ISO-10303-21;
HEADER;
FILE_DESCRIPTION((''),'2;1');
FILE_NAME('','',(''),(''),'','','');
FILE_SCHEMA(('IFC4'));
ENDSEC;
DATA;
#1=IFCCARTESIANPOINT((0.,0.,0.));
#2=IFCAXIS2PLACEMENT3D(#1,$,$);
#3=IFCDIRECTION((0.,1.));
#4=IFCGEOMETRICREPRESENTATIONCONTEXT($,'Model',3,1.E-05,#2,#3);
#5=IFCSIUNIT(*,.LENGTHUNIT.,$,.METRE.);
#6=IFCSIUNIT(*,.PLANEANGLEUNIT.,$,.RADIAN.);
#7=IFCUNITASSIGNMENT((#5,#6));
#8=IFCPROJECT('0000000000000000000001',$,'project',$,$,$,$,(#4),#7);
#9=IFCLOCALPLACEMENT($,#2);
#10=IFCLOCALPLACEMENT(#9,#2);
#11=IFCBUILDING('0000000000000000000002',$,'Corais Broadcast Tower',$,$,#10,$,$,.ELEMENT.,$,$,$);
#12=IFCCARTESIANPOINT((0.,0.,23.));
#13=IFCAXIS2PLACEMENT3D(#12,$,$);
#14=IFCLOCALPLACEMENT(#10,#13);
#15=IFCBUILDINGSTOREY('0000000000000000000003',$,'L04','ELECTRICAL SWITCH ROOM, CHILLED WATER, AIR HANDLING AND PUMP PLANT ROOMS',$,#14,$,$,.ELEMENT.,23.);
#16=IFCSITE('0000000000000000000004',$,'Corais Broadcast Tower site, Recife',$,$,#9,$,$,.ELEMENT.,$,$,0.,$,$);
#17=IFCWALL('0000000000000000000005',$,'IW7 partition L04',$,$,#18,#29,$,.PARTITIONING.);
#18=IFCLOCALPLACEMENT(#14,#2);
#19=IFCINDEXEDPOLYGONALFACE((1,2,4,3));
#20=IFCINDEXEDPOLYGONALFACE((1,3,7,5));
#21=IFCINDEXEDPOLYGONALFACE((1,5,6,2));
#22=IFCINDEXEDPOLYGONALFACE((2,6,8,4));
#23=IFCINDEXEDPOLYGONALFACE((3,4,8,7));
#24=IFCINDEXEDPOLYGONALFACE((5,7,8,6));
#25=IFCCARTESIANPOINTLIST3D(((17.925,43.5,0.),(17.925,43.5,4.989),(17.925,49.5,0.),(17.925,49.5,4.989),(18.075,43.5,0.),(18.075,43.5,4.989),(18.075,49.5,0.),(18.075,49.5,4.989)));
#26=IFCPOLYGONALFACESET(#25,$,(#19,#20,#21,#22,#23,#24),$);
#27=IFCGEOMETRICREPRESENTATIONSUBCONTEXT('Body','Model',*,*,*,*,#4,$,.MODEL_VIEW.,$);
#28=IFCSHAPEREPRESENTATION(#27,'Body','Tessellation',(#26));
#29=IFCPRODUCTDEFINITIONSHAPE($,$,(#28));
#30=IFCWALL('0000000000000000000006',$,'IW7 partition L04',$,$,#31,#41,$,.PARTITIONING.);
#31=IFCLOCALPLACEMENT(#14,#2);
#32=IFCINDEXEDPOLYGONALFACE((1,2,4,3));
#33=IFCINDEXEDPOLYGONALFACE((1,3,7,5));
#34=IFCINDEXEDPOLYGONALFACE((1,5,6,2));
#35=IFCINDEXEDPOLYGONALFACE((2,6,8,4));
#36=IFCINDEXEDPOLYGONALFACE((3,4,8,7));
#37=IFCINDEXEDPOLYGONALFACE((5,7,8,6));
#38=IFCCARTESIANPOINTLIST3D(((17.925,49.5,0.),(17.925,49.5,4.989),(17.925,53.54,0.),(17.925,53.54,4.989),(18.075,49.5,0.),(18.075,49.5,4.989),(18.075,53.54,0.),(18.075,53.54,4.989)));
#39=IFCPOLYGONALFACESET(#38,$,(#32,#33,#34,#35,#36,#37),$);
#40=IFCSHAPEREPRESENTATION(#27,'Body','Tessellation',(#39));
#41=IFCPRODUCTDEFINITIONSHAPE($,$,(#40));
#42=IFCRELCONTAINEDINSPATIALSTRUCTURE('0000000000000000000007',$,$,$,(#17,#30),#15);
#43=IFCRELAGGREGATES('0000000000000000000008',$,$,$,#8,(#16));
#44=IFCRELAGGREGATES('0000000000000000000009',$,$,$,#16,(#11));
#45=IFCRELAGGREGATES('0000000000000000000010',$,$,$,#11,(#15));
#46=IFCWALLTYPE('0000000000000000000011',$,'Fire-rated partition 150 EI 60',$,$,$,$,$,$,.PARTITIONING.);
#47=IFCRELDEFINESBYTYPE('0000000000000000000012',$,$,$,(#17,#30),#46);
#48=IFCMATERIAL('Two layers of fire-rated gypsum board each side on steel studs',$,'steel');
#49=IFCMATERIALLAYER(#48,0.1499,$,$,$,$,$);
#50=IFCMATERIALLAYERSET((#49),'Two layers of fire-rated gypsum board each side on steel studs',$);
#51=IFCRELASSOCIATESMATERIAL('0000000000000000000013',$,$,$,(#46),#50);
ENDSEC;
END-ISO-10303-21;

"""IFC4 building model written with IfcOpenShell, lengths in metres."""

from ifc_helpers import new_model, si_unit, direction, frame, frame_2d, origin, place, context, subcontext, project, spatial, rectangle, extrude, material, layer, layer_set, type_object, element, save


model = new_model("IFC4")

# Units and contexts
model_context = context("Model", 3, precision=1e-05, world=origin(), true_north=direction((0.0, 1.0)))
body_context = subcontext(model_context, "Body", "Model", "MODEL_VIEW")
ifc_project = project(units=[si_unit("LENGTHUNIT", "METRE"), si_unit("PLANEANGLEUNIT", "RADIAN")], contexts=[model_context])

# Site, building, storey
site_placement = place(None, origin())
site = spatial("IfcSite", under=ifc_project, at=site_placement, Name="Corais Broadcast Tower site, Recife", CompositionType="ELEMENT", RefElevation=0.0)
building_placement = place(site_placement, origin())
building = spatial("IfcBuilding", under=site, at=building_placement, Name="Corais Broadcast Tower", CompositionType="ELEMENT")
storey_placement = place(building_placement, frame((0.0, 0.0, 23.0)))
storey = spatial("IfcBuildingStorey", under=building, at=storey_placement, Name="L04", Description="ELECTRICAL SWITCH ROOM, CHILLED WATER, AIR HANDLING AND PUMP PLANT ROOMS", CompositionType="ELEMENT", Elevation=23.0)

# Walls
ifc_material_1 = material(Name="Two layers of fire-rated gypsum board each side on steel studs", Category="steel")
ifc_layer = layer(ifc_material_1, 0.1499)
ifc_layer_set = layer_set([ifc_layer], Name="Two layers of fire-rated gypsum board each side on steel studs")
wall_type = type_object("IfcWallType", Name="Fire-rated partition 150 EI 60", PredefinedType="PARTITIONING", material=ifc_layer_set)
wall_1_placement = place(storey_placement, frame((18.0, 49.5, 0.0), z_axis=(0.0, 0.0, 1.0), x_axis=(0.0, -1.0, 0.0)))
element("IfcWall", 1, at=wall_1_placement, inside=storey, type_object=wall_type, Name="IW7 partition L04", PredefinedType="PARTITIONING", context=body_context, shape_type="SweptSolid", body=[
    extrude(rectangle(XDim=6.0, YDim=0.1499, at=frame_2d((3.0, 0.0))), origin(), (0.0, 0.0, 1.0), 4.989),
])
wall_2_placement = place(storey_placement, frame((18.0, 49.5, 0.0), z_axis=(0.0, 0.0, 1.0), x_axis=(0.0, 1.0, 0.0)))
element("IfcWall", 2, at=wall_2_placement, inside=storey, type_object=wall_type, Name="IW7 partition L04", PredefinedType="PARTITIONING", context=body_context, shape_type="SweptSolid", body=[
    extrude(rectangle(XDim=4.04, YDim=0.1499, at=frame_2d((2.02, 0.0))), origin(), (0.0, 0.0, 1.0), 4.989),
])

save(model, "model.ifc")
